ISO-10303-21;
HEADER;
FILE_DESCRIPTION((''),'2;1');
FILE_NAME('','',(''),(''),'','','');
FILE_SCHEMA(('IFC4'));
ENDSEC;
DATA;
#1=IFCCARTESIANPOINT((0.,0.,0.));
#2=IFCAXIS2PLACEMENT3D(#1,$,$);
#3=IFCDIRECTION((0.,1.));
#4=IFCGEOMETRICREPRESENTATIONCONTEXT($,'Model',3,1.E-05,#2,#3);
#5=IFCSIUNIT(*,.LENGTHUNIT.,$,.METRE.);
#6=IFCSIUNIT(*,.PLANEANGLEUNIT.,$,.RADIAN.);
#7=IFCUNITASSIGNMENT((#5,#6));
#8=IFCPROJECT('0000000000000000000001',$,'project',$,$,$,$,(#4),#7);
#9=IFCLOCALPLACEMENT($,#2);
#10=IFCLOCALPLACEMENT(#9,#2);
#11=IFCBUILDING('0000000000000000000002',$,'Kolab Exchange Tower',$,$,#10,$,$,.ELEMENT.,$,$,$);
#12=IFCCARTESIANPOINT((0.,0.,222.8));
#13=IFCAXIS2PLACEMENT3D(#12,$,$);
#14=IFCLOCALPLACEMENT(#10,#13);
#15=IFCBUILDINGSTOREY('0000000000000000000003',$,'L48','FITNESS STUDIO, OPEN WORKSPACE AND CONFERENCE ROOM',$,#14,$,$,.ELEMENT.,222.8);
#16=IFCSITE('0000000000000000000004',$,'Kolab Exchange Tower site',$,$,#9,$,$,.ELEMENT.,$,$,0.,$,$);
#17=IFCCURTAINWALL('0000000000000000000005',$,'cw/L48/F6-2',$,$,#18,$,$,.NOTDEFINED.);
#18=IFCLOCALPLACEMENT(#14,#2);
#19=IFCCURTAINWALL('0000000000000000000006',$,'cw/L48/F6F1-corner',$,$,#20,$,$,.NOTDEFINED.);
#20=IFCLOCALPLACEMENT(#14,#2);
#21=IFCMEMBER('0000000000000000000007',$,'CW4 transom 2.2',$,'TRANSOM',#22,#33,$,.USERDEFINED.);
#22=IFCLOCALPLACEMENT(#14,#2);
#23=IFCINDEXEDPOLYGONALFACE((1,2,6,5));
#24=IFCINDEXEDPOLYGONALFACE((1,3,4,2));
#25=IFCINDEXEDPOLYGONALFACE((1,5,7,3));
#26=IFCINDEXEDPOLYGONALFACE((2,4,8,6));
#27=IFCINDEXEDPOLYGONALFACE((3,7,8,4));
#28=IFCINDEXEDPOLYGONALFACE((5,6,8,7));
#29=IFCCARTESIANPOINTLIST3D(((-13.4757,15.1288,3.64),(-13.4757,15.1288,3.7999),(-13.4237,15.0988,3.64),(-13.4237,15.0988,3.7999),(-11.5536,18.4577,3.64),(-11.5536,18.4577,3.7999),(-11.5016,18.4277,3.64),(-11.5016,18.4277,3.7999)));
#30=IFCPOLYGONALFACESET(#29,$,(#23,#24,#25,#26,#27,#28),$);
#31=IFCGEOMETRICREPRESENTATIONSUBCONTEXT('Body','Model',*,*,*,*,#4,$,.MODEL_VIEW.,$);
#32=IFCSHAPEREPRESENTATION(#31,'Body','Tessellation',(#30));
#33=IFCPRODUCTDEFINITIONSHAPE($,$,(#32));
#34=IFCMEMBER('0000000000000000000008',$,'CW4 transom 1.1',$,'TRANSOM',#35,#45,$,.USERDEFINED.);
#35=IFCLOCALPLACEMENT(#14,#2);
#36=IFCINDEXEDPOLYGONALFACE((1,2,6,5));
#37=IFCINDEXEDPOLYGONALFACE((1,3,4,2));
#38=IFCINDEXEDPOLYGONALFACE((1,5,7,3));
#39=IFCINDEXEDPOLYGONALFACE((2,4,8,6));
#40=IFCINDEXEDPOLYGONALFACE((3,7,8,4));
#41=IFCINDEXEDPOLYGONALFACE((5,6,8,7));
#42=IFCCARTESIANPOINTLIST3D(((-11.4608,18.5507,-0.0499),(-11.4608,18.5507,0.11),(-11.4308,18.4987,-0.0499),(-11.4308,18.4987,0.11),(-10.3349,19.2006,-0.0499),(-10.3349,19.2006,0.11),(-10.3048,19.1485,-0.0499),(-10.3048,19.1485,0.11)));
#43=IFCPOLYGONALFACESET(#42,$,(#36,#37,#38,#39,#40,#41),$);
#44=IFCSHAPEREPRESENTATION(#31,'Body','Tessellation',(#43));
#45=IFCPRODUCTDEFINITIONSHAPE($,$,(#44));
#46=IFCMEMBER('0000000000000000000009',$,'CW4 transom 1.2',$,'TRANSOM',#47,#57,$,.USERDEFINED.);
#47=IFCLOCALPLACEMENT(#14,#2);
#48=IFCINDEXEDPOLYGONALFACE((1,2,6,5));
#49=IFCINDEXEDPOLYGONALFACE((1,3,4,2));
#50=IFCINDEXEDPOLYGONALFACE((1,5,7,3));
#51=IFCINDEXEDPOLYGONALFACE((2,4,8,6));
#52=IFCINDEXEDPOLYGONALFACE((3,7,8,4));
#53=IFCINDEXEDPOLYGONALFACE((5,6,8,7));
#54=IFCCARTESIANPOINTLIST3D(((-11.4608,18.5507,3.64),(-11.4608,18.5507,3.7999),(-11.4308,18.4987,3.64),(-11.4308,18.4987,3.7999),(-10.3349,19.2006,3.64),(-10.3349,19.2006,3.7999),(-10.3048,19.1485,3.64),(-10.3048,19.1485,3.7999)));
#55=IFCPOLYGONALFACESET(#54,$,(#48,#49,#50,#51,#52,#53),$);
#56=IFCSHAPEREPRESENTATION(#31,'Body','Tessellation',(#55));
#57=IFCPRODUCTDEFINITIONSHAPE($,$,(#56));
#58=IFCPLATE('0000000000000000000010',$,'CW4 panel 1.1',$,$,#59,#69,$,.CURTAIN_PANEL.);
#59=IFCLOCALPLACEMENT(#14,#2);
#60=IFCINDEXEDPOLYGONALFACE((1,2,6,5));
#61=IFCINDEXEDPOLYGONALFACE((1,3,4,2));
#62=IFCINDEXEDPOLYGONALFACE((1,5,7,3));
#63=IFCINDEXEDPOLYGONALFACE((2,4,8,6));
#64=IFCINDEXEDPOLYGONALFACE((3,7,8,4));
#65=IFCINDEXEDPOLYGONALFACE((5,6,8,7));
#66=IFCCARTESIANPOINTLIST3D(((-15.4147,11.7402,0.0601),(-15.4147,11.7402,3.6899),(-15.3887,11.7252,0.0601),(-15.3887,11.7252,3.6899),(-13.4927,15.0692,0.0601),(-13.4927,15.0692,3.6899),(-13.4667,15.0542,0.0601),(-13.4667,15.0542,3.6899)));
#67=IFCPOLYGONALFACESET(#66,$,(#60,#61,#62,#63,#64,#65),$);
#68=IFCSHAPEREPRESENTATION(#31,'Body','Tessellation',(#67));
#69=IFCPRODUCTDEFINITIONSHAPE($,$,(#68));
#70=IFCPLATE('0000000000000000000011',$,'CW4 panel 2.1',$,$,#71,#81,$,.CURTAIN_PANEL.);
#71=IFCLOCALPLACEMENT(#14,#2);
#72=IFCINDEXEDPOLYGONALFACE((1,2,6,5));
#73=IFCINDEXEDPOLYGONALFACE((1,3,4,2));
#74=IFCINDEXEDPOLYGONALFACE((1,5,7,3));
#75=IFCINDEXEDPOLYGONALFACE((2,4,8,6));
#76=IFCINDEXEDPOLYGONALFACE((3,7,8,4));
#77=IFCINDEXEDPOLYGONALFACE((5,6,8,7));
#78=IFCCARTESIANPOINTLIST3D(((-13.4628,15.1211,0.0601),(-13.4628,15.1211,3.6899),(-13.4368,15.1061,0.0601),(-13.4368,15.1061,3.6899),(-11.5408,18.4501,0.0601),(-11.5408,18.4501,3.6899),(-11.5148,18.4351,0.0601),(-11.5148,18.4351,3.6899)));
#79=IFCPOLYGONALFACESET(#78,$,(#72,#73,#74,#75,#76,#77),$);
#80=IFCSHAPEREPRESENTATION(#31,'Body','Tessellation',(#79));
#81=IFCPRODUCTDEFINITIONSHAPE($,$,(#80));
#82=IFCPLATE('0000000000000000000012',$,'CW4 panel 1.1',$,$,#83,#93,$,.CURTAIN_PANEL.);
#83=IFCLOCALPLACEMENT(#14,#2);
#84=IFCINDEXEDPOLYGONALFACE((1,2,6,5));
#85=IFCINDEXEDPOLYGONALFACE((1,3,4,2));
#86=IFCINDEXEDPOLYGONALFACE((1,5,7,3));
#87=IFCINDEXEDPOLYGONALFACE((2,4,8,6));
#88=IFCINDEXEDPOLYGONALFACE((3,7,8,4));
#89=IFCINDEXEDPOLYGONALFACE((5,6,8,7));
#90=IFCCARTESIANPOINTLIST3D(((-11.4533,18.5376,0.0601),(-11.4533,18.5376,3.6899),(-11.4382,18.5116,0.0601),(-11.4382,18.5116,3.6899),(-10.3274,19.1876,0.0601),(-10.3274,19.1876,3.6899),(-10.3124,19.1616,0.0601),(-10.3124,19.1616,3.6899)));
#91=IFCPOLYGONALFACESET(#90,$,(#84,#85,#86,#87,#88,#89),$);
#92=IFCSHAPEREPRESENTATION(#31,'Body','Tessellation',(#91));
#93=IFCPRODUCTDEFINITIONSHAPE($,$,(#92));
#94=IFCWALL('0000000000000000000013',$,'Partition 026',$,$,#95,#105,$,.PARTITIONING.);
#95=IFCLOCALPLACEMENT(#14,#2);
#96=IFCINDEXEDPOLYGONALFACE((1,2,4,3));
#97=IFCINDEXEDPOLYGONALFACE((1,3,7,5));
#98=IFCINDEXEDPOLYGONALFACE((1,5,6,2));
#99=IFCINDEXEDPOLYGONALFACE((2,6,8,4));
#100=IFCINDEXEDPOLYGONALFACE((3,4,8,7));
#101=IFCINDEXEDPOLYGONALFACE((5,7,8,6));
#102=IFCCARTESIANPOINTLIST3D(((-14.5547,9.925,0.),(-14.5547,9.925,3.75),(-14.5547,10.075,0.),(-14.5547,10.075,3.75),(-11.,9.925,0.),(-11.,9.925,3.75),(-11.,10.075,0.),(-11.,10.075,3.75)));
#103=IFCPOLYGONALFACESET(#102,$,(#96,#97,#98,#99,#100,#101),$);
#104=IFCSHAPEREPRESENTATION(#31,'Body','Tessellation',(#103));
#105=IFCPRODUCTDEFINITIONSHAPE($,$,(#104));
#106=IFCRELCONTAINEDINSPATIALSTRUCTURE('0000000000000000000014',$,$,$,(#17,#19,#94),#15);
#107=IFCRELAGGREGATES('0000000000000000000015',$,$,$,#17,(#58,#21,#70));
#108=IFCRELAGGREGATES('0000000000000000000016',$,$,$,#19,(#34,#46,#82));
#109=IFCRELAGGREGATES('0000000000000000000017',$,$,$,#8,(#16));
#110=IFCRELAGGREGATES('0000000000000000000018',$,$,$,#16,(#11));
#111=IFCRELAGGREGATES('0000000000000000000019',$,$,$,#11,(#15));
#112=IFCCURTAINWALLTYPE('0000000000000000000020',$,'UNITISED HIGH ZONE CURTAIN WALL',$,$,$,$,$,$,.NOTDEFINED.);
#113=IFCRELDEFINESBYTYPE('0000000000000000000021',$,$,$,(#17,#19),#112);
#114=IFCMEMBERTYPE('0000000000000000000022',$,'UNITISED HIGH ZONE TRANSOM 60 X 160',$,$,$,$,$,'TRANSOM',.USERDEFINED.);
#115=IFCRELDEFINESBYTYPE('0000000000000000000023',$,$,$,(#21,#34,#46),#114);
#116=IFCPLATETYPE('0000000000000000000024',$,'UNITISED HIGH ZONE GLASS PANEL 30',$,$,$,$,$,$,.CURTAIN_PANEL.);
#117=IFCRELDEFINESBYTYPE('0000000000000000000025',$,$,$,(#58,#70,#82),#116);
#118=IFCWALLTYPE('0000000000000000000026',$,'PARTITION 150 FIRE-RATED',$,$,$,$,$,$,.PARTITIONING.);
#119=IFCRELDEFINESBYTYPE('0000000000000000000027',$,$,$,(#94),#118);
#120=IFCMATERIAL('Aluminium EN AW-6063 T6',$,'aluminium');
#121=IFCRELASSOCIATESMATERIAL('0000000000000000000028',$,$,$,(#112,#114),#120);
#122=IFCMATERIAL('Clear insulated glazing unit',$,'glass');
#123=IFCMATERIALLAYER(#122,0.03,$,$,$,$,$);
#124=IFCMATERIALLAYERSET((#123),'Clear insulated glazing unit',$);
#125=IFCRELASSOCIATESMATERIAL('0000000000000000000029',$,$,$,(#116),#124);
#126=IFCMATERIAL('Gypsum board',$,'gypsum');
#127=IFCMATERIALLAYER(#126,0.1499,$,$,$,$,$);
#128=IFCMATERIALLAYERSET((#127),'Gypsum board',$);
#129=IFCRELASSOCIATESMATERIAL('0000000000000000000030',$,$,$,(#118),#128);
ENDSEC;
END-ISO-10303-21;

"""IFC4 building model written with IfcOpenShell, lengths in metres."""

from ifc_helpers import new_model, si_unit, direction, frame, frame_2d, origin, origin_2d, place, context, subcontext, project, spatial, rectangle, extrude, material, layer, layer_set, material_profile, profile_set, type_object, element, aggregate, save


model = new_model("IFC4")

# Units and contexts
model_context = context("Model", 3, precision=1e-05, world=origin(), true_north=direction((0.0, 1.0)))
body_context = subcontext(model_context, "Body", "Model", "MODEL_VIEW")
ifc_project = project(units=[si_unit("LENGTHUNIT", "METRE"), si_unit("PLANEANGLEUNIT", "RADIAN")], contexts=[model_context])

# Site, building, storey
site_placement = place(None, origin())
site = spatial("IfcSite", under=ifc_project, at=site_placement, Name="Kolab Exchange Tower site", CompositionType="ELEMENT", RefElevation=0.0)
building_placement = place(site_placement, origin())
building = spatial("IfcBuilding", under=site, at=building_placement, Name="Kolab Exchange Tower", CompositionType="ELEMENT")
storey_placement = place(building_placement, frame((0.0, 0.0, 222.8)))
storey = spatial("IfcBuildingStorey", under=building, at=storey_placement, Name="L48", Description="FITNESS STUDIO, OPEN WORKSPACE AND CONFERENCE ROOM", CompositionType="ELEMENT", Elevation=222.8)

# Curtain wall
ifc_material_1 = material(Name="Aluminium EN AW-6063 T6", Category="aluminium")
curtain_wall_type = type_object("IfcCurtainWallType", Name="UNITISED HIGH ZONE CURTAIN WALL", PredefinedType="NOTDEFINED", material=ifc_material_1)
curtain_wall_1_placement = place(storey_placement, origin())
curtain_wall_1 = element("IfcCurtainWall", 1, at=curtain_wall_1_placement, inside=storey, type_object=curtain_wall_type, Name="cw/L48/F6-2", PredefinedType="NOTDEFINED")

# Curtain wall
curtain_wall_2_placement = place(storey_placement, origin())
curtain_wall_2 = element("IfcCurtainWall", 2, at=curtain_wall_2_placement, inside=storey, type_object=curtain_wall_type, Name="cw/L48/F6F1-corner", PredefinedType="NOTDEFINED")

# Members
ifc_material_profile_1 = material_profile(ifc_material_1, rectangle(XDim=0.0601, YDim=0.1599, at=origin_2d()), Name="RECT 60X160")
ifc_profile_set_1 = profile_set([ifc_material_profile_1], Name="Aluminium EN AW-6063 T6")
member_type_1 = type_object("IfcMemberType", Name="UNITISED HIGH ZONE TRANSOM 60 X 160", ElementType="TRANSOM", PredefinedType="USERDEFINED", material=ifc_profile_set_1)
member_1_placement = place(storey_placement, frame((-13.4497, 15.1138, 3.72), z_axis=(0.500039, 0.866003, 0.0), x_axis=(-0.866003, 0.500039, 0.0)))
member_1 = element("IfcMember", 3, at=member_1_placement, type_object=member_type_1, Name="CW4 transom 2.2", ObjectType="TRANSOM", PredefinedType="USERDEFINED", context=body_context, shape_type="SweptSolid", body=[
    extrude(rectangle(XDim=0.0601, YDim=0.1599, at=origin_2d()), origin(), (0.0, 0.0, 1.0), 3.844),
])
member_2_placement = place(storey_placement, frame((-11.4458, 18.5247, 0.03), z_axis=(0.866086, 0.499896, 0.0), x_axis=(-0.499896, 0.866086, 0.0)))
member_2 = element("IfcMember", 4, at=member_2_placement, type_object=member_type_1, Name="CW4 transom 1.1", ObjectType="TRANSOM", PredefinedType="USERDEFINED", context=body_context, shape_type="SweptSolid", body=[
    extrude(rectangle(XDim=0.0601, YDim=0.1599, at=origin_2d()), origin(), (0.0, 0.0, 1.0), 1.3),
])
member_3_placement = place(storey_placement, frame((-11.4458, 18.5247, 3.72), z_axis=(0.866086, 0.499896, 0.0), x_axis=(-0.499896, 0.866086, 0.0)))
member_3 = element("IfcMember", 5, at=member_3_placement, type_object=member_type_1, Name="CW4 transom 1.2", ObjectType="TRANSOM", PredefinedType="USERDEFINED", context=body_context, shape_type="SweptSolid", body=[
    extrude(rectangle(XDim=0.0601, YDim=0.1599, at=origin_2d()), origin(), (0.0, 0.0, 1.0), 1.3),
])

# Plates
ifc_material_2 = material(Name="Clear insulated glazing unit", Category="glass")
ifc_layer_1 = layer(ifc_material_2, 0.03)
ifc_layer_set_1 = layer_set([ifc_layer_1], Name="Clear insulated glazing unit")
plate_type = type_object("IfcPlateType", Name="UNITISED HIGH ZONE GLASS PANEL 30", PredefinedType="CURTAIN_PANEL", material=ifc_layer_set_1)
plate_1_placement = place(storey_placement, frame((-14.4407, 13.3972, 0.0601), z_axis=(0.0, 0.0, 1.0), x_axis=(0.5, 0.866025, 0.0)))
plate_1 = element("IfcPlate", 6, at=plate_1_placement, type_object=plate_type, Name="CW4 panel 1.1", PredefinedType="CURTAIN_PANEL", context=body_context, shape_type="SweptSolid", body=[
    extrude(rectangle(XDim=3.844, YDim=0.03, at=origin_2d()), origin(), (0.0, 0.0, 1.0), 3.6299),
])
plate_2_placement = place(storey_placement, frame((-12.4888, 16.7781, 0.0601), z_axis=(0.0, 0.0, 1.0), x_axis=(0.5, 0.866025, 0.0)))
plate_2 = element("IfcPlate", 7, at=plate_2_placement, type_object=plate_type, Name="CW4 panel 2.1", PredefinedType="CURTAIN_PANEL", context=body_context, shape_type="SweptSolid", body=[
    extrude(rectangle(XDim=3.844, YDim=0.03, at=origin_2d()), origin(), (0.0, 0.0, 1.0), 3.6299),
])
aggregate(curtain_wall_1, [plate_1, member_1, plate_2])
plate_3_placement = place(storey_placement, frame((-10.8828, 18.8496, 0.0601), z_axis=(0.0, 0.0, 1.0), x_axis=(0.866025, 0.5, 0.0)))
plate_3 = element("IfcPlate", 8, at=plate_3_placement, type_object=plate_type, Name="CW4 panel 1.1", PredefinedType="CURTAIN_PANEL", context=body_context, shape_type="SweptSolid", body=[
    extrude(rectangle(XDim=1.3, YDim=0.03, at=origin_2d()), origin(), (0.0, 0.0, 1.0), 3.6299),
])
aggregate(curtain_wall_2, [member_2, member_3, plate_3])

# Wall
ifc_material_3 = material(Name="Gypsum board", Category="gypsum")
ifc_layer_2 = layer(ifc_material_3, 0.1499)
ifc_layer_set_2 = layer_set([ifc_layer_2], Name="Gypsum board")
wall_type = type_object("IfcWallType", Name="PARTITION 150 FIRE-RATED", PredefinedType="PARTITIONING", material=ifc_layer_set_2)
wall_1_placement = place(storey_placement, frame((-14.5547, 10.0, 0.0), z_axis=(0.0, 0.0, 1.0), x_axis=(1.0, 0.0, 0.0)))
element("IfcWall", 9, at=wall_1_placement, inside=storey, type_object=wall_type, Name="Partition 026", PredefinedType="PARTITIONING", context=body_context, shape_type="SweptSolid", body=[
    extrude(rectangle(XDim=3.5547, YDim=0.1499, at=frame_2d((1.7773, 0.0))), origin(), (0.0, 0.0, 1.0), 3.75),
])

save(model, "model.ifc")
